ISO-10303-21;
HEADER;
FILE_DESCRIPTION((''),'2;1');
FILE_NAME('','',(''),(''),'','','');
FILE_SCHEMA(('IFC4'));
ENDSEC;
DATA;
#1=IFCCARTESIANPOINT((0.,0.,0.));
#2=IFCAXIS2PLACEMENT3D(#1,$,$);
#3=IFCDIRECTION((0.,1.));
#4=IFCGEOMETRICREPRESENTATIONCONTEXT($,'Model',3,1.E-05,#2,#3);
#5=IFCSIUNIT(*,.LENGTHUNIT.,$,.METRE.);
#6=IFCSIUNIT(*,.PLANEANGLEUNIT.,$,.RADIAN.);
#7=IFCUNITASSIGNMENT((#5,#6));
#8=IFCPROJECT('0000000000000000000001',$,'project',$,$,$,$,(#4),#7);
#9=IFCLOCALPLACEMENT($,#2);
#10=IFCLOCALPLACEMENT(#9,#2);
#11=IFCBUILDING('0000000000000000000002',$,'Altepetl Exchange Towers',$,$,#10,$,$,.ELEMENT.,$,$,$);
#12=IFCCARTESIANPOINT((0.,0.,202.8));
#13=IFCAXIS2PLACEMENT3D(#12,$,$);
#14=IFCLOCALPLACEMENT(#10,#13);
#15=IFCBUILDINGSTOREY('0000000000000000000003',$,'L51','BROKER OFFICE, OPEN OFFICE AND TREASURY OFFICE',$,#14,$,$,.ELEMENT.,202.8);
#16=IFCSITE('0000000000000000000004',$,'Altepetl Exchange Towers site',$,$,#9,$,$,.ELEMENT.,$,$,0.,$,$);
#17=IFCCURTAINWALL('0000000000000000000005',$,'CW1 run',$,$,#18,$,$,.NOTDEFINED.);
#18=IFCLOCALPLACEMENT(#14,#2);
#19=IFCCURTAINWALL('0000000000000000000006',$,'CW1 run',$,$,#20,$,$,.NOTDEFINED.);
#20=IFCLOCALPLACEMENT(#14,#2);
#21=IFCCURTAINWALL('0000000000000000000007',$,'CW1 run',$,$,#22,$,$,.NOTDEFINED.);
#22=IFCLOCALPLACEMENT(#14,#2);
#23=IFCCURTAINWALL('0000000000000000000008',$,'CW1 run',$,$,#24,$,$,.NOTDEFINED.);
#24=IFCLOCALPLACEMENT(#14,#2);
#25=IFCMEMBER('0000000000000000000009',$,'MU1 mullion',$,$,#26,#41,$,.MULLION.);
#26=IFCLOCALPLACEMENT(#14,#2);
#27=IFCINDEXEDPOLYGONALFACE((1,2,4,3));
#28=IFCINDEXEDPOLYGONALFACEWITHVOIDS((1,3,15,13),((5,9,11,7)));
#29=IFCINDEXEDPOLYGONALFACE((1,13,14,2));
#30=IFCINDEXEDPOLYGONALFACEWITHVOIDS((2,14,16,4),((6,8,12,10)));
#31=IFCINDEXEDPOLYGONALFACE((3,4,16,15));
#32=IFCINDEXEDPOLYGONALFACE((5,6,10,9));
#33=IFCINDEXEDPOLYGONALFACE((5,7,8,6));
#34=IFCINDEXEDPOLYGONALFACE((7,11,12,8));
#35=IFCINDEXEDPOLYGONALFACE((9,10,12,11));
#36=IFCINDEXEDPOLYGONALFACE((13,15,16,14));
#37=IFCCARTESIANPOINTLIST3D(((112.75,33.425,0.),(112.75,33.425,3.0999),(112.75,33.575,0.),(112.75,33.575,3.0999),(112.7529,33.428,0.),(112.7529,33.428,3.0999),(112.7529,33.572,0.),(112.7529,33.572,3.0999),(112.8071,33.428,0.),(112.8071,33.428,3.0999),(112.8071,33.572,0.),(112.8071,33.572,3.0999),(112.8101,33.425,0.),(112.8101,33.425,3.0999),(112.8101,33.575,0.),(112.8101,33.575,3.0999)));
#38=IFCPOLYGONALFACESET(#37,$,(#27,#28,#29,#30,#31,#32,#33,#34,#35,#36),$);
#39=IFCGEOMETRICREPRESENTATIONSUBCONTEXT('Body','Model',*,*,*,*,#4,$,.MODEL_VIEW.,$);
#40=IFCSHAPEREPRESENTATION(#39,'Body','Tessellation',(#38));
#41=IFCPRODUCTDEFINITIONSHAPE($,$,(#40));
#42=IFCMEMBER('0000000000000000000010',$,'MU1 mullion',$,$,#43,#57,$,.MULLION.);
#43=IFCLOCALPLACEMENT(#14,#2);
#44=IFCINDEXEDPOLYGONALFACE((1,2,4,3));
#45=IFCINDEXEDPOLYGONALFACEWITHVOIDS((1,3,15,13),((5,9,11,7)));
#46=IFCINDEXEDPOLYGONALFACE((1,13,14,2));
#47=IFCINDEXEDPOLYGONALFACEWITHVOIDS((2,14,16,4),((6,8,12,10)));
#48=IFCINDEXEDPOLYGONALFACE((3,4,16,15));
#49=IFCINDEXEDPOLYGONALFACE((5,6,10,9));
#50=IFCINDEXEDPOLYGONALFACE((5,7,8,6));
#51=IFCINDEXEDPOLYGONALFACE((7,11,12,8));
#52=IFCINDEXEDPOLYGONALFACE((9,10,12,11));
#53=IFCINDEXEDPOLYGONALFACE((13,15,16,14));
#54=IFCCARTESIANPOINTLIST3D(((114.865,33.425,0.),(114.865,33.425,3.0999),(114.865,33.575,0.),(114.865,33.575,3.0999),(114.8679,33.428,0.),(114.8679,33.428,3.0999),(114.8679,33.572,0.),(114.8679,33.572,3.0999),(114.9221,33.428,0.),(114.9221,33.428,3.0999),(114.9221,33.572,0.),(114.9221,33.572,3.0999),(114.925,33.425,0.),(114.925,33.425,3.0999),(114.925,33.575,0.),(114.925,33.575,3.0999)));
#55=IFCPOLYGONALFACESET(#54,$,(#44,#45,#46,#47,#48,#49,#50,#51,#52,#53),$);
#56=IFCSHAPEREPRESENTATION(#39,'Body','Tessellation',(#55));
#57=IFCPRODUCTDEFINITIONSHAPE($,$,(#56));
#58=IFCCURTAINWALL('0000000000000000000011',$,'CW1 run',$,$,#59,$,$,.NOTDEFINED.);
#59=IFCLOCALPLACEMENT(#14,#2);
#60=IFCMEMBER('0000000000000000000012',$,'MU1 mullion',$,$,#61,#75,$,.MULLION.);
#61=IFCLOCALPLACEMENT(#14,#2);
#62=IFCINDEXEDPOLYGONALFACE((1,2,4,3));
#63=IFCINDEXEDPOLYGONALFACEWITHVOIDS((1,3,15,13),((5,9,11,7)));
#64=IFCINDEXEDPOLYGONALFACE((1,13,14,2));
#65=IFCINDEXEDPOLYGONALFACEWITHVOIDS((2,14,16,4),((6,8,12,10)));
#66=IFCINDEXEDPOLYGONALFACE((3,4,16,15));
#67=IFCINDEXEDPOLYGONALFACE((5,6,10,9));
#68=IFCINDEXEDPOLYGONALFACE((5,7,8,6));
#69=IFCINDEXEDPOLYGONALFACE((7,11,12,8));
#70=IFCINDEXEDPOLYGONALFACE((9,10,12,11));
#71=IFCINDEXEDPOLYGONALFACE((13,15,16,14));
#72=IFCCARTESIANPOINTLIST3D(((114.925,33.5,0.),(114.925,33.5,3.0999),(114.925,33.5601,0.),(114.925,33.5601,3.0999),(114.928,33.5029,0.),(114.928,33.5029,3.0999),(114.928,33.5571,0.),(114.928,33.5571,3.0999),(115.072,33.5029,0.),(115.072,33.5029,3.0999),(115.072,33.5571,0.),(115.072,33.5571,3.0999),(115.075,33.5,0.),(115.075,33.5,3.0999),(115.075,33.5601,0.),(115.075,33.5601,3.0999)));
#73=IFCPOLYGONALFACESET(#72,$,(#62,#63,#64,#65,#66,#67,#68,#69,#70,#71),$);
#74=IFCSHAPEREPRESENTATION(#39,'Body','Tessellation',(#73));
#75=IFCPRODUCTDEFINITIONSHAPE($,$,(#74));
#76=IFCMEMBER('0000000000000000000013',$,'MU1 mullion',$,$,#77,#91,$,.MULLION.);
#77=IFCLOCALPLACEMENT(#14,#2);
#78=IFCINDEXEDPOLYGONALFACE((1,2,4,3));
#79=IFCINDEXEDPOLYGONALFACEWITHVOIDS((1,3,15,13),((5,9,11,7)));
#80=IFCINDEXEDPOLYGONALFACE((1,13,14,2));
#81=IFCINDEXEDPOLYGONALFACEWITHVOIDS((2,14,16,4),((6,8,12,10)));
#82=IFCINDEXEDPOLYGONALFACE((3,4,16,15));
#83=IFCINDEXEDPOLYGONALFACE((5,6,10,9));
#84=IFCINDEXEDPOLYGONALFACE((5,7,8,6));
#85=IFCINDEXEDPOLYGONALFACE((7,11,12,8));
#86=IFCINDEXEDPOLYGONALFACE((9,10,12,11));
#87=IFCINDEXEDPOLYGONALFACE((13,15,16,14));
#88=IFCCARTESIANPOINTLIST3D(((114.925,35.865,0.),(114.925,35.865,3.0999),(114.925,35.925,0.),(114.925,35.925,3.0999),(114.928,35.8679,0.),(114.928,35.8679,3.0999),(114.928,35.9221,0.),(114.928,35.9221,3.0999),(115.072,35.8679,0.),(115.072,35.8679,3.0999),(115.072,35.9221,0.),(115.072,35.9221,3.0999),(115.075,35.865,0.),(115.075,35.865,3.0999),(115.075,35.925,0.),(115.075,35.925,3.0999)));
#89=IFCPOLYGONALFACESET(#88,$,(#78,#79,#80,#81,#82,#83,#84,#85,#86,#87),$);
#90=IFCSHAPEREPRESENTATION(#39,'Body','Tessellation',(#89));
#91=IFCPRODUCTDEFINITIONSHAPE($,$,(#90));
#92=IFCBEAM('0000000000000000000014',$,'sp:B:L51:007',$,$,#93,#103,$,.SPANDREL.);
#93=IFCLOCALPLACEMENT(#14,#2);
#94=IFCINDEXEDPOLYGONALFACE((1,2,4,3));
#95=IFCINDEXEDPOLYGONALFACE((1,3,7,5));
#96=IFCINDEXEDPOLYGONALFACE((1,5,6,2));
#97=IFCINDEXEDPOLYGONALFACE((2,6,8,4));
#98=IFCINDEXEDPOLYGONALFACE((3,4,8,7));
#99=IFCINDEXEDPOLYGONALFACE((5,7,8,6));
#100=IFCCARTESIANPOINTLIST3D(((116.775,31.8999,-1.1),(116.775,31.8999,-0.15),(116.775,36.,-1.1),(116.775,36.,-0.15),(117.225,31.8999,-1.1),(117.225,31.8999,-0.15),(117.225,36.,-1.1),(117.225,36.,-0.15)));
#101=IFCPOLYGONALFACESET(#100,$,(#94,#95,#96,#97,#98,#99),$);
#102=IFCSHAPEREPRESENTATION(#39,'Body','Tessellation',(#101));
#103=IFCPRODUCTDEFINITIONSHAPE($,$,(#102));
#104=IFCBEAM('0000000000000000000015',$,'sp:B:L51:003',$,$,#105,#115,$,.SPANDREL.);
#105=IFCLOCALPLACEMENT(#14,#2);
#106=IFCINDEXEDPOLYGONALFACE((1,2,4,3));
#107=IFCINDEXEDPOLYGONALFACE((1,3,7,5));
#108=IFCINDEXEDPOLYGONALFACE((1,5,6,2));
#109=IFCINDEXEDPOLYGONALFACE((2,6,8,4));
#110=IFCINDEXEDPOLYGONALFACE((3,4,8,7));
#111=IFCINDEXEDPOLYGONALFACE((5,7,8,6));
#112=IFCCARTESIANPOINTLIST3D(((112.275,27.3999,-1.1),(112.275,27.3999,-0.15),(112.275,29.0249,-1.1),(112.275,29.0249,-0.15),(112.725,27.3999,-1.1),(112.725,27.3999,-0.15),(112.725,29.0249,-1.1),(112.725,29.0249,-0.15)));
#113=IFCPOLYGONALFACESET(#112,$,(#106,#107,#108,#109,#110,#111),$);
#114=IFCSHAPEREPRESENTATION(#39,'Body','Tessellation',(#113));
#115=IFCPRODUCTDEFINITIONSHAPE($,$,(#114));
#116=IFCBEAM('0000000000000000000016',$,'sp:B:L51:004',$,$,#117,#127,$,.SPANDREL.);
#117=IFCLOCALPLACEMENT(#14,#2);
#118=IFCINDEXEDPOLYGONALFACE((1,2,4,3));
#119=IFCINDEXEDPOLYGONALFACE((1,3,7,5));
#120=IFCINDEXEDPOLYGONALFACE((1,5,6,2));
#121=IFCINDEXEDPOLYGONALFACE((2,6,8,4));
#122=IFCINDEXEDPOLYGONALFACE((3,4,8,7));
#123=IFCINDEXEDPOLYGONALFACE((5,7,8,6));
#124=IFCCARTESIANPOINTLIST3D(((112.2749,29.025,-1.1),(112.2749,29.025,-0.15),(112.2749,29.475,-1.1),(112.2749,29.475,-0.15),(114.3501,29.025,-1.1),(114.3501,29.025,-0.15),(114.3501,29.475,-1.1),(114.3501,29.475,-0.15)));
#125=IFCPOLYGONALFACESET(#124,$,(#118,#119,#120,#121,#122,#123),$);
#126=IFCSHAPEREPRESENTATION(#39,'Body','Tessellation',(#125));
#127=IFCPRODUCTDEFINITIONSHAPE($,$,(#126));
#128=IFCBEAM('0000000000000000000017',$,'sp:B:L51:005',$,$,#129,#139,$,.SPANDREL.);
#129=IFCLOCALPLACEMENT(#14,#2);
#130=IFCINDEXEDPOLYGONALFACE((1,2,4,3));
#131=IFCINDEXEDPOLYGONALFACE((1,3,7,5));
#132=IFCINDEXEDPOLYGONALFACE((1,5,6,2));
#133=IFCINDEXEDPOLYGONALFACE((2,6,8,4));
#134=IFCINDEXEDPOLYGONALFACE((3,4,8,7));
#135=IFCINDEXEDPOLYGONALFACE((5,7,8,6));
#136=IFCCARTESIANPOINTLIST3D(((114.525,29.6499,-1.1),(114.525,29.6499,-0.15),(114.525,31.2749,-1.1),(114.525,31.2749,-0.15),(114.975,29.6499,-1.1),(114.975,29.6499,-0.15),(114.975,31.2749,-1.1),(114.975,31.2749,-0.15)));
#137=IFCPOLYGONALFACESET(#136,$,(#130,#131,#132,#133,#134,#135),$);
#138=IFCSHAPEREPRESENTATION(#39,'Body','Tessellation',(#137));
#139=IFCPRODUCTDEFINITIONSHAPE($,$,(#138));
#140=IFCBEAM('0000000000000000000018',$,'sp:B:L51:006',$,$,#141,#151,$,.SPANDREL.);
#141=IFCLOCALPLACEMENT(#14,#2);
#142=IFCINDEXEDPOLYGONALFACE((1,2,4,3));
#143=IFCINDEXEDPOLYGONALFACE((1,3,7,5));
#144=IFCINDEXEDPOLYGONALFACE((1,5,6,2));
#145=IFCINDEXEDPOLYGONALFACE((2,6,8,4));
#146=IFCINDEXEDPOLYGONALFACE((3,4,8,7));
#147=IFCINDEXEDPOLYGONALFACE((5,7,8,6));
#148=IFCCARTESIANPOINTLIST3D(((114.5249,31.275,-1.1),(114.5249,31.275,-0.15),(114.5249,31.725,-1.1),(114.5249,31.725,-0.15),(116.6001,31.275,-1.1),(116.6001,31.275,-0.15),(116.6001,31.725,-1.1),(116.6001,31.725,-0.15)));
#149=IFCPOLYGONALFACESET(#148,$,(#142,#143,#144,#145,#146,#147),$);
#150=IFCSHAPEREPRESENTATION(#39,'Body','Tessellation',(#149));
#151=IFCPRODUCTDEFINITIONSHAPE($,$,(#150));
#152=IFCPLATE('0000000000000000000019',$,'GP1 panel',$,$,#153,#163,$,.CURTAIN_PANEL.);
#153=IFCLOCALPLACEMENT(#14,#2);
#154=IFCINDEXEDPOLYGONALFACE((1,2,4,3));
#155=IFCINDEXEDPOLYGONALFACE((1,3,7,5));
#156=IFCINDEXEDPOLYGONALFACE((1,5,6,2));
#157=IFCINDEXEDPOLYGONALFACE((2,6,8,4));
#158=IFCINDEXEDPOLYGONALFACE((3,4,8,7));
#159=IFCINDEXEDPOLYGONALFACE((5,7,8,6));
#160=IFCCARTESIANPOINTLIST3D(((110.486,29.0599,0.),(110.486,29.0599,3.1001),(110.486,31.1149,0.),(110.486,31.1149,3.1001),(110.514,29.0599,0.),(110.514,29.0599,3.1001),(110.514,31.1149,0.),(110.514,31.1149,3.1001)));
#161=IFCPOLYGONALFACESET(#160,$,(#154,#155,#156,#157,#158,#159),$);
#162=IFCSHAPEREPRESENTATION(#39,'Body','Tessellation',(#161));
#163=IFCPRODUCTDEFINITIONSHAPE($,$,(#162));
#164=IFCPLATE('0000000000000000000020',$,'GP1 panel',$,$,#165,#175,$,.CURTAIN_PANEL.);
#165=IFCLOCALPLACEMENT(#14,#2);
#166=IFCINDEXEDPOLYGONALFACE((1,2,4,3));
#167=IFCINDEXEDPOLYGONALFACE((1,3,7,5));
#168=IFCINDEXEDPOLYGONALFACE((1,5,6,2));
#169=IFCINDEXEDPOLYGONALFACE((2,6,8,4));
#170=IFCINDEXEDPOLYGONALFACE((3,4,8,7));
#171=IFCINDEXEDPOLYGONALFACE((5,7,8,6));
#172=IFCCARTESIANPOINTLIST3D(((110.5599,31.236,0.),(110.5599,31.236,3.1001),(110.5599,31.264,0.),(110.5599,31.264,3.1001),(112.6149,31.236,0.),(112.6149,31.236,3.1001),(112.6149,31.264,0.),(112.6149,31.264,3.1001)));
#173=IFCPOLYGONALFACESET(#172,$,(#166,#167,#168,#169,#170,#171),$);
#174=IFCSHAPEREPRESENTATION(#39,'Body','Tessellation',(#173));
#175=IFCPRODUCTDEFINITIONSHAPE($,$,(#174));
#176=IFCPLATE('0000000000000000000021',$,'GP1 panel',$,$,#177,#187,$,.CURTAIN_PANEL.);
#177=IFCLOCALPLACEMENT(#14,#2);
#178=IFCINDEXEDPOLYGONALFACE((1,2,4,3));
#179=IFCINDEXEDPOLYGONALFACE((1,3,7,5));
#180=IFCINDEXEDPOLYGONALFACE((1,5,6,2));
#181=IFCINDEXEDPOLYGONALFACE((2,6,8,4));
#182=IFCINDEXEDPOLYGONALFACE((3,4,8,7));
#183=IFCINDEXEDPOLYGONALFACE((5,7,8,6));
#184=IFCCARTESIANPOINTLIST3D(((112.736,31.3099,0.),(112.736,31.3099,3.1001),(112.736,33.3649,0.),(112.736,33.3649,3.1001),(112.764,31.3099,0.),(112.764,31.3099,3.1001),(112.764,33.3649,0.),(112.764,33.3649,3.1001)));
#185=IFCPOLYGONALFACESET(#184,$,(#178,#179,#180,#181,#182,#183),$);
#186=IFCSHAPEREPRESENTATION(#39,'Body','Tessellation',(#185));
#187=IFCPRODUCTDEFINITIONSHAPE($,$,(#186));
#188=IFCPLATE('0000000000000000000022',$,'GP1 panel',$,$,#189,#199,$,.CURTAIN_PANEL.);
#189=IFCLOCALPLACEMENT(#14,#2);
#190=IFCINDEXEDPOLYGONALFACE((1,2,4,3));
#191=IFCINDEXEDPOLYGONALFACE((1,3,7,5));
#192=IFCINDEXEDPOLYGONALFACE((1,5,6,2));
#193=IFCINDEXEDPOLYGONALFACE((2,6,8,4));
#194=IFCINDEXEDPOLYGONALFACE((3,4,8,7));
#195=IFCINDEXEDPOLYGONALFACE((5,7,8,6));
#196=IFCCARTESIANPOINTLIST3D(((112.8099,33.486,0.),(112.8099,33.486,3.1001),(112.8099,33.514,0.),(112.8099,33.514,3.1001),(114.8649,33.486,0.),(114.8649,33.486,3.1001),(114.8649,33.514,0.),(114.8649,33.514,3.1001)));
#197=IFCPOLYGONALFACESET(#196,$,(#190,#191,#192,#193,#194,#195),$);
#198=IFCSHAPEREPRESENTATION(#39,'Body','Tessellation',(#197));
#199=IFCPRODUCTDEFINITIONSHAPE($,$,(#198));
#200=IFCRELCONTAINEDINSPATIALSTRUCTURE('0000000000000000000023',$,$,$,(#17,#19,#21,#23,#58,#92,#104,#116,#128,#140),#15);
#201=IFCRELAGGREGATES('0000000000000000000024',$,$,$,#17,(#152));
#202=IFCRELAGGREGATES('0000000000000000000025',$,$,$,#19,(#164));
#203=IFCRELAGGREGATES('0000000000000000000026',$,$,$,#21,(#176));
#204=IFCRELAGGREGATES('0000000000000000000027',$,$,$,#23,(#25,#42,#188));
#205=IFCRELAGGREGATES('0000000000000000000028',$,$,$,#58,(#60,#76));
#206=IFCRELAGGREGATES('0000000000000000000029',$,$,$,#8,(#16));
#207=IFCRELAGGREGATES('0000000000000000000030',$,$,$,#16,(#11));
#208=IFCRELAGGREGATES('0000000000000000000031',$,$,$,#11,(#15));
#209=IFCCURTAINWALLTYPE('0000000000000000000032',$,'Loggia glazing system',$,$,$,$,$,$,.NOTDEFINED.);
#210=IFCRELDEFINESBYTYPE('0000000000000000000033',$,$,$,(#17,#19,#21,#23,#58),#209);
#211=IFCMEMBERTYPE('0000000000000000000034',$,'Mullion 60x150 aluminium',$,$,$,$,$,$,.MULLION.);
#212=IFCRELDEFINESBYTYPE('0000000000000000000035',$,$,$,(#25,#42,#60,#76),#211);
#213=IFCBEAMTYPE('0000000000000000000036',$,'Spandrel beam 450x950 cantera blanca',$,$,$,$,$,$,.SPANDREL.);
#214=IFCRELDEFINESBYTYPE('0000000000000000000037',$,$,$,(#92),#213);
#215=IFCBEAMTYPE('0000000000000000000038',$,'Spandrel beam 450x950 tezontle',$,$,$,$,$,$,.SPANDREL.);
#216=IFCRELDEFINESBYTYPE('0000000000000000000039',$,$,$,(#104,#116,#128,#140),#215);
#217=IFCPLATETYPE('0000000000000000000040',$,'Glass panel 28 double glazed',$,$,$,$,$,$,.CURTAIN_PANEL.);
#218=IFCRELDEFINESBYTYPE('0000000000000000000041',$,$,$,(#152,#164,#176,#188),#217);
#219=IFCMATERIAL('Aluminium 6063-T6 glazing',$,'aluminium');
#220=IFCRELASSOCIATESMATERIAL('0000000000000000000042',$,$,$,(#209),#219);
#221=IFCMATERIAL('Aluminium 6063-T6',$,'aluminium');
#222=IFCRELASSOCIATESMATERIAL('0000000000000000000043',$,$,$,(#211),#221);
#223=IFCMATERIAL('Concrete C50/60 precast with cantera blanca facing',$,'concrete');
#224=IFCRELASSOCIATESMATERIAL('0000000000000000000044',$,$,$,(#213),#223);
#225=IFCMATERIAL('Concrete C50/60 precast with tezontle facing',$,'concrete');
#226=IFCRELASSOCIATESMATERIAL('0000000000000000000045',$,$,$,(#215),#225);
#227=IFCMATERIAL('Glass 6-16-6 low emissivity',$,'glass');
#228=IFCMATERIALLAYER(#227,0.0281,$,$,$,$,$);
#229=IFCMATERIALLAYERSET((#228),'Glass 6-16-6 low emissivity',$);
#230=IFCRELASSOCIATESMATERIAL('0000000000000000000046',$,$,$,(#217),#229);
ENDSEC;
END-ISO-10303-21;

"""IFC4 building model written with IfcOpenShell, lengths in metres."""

from ifc_helpers import new_model, si_unit, direction, frame, origin, origin_2d, place, context, subcontext, project, spatial, rectangle, hollow_rectangle, extrude, material, layer, layer_set, material_profile, profile_set, type_object, element, aggregate, save


model = new_model("IFC4")

# Units and contexts
model_context = context("Model", 3, precision=1e-05, world=origin(), true_north=direction((0.0, 1.0)))
body_context = subcontext(model_context, "Body", "Model", "MODEL_VIEW")
ifc_project = project(units=[si_unit("LENGTHUNIT", "METRE"), si_unit("PLANEANGLEUNIT", "RADIAN")], contexts=[model_context])

# Site, building, storey
site_placement = place(None, origin())
site = spatial("IfcSite", under=ifc_project, at=site_placement, Name="Altepetl Exchange Towers site", CompositionType="ELEMENT", RefElevation=0.0)
building_placement = place(site_placement, origin())
building = spatial("IfcBuilding", under=site, at=building_placement, Name="Altepetl Exchange Towers", CompositionType="ELEMENT")
storey_placement = place(building_placement, frame((0.0, 0.0, 202.8)))
storey = spatial("IfcBuildingStorey", under=building, at=storey_placement, Name="L51", Description="BROKER OFFICE, OPEN OFFICE AND TREASURY OFFICE", CompositionType="ELEMENT", Elevation=202.8)

# Shared definitions
ifc_material_1 = material(Name="Aluminium 6063-T6 glazing", Category="aluminium")
curtain_wall_type = type_object("IfcCurtainWallType", Name="Loggia glazing system", PredefinedType="NOTDEFINED", material=ifc_material_1)
ifc_material_2 = material(Name="Aluminium 6063-T6", Category="aluminium")
ifc_material_profile_1 = material_profile(ifc_material_2, hollow_rectangle(XDim=0.0601, YDim=0.1499, WallThickness=0.0029, at=origin_2d()), Name="Mullion 60x150 aluminium")
ifc_profile_set_1 = profile_set([ifc_material_profile_1], Name="Aluminium 6063-T6")
member_type = type_object("IfcMemberType", Name="Mullion 60x150 aluminium", PredefinedType="MULLION", material=ifc_profile_set_1)

# Curtain walls, members
curtain_wall_1_placement = place(storey_placement, origin())
curtain_wall_1 = element("IfcCurtainWall", 1, at=curtain_wall_1_placement, inside=storey, type_object=curtain_wall_type, Name="CW1 run", PredefinedType="NOTDEFINED")
curtain_wall_2_placement = place(storey_placement, origin())
curtain_wall_2 = element("IfcCurtainWall", 2, at=curtain_wall_2_placement, inside=storey, type_object=curtain_wall_type, Name="CW1 run", PredefinedType="NOTDEFINED")
curtain_wall_3_placement = place(storey_placement, origin())
curtain_wall_3 = element("IfcCurtainWall", 3, at=curtain_wall_3_placement, inside=storey, type_object=curtain_wall_type, Name="CW1 run", PredefinedType="NOTDEFINED")
curtain_wall_4_placement = place(storey_placement, origin())
curtain_wall_4 = element("IfcCurtainWall", 4, at=curtain_wall_4_placement, inside=storey, type_object=curtain_wall_type, Name="CW1 run", PredefinedType="NOTDEFINED")
member_1_placement = place(storey_placement, frame((112.78, 33.5, 0.0)))
member_1 = element("IfcMember", 5, at=member_1_placement, type_object=member_type, Name="MU1 mullion", PredefinedType="MULLION", context=body_context, shape_type="SweptSolid", body=[
    extrude(hollow_rectangle(XDim=0.0601, YDim=0.1499, WallThickness=0.0029, at=origin_2d()), origin(), (0.0, 0.0, 1.0), 3.0999),
])
member_2_placement = place(storey_placement, frame((114.895, 33.5, 0.0)))
member_2 = element("IfcMember", 6, at=member_2_placement, type_object=member_type, Name="MU1 mullion", PredefinedType="MULLION", context=body_context, shape_type="SweptSolid", body=[
    extrude(hollow_rectangle(XDim=0.0601, YDim=0.1499, WallThickness=0.0029, at=origin_2d()), origin(), (0.0, 0.0, 1.0), 3.0999),
])
curtain_wall_5_placement = place(storey_placement, origin())
curtain_wall_5 = element("IfcCurtainWall", 7, at=curtain_wall_5_placement, inside=storey, type_object=curtain_wall_type, Name="CW1 run", PredefinedType="NOTDEFINED")
member_3_placement = place(storey_placement, frame((115.0, 33.53, 0.0), z_axis=(0.0, 0.0, 1.0), x_axis=(0.0, 1.0, 0.0)))
member_3 = element("IfcMember", 8, at=member_3_placement, type_object=member_type, Name="MU1 mullion", PredefinedType="MULLION", context=body_context, shape_type="SweptSolid", body=[
    extrude(hollow_rectangle(XDim=0.0601, YDim=0.1499, WallThickness=0.0029, at=origin_2d()), origin(), (0.0, 0.0, 1.0), 3.0999),
])
member_4_placement = place(storey_placement, frame((115.0, 35.895, 0.0), z_axis=(0.0, 0.0, 1.0), x_axis=(0.0, 1.0, 0.0)))
member_4 = element("IfcMember", 9, at=member_4_placement, type_object=member_type, Name="MU1 mullion", PredefinedType="MULLION", context=body_context, shape_type="SweptSolid", body=[
    extrude(hollow_rectangle(XDim=0.0601, YDim=0.1499, WallThickness=0.0029, at=origin_2d()), origin(), (0.0, 0.0, 1.0), 3.0999),
])

# Beams
ifc_material_3 = material(Name="Concrete C50/60 precast with cantera blanca facing", Category="concrete")
ifc_material_profile_2 = material_profile(ifc_material_3, rectangle(XDim=0.45, YDim=0.95, at=origin_2d()), Name="450 x 950")
ifc_profile_set_2 = profile_set([ifc_material_profile_2], Name="Concrete C50/60 precast with cantera blanca facing")
beam_type_1 = type_object("IfcBeamType", Name="Spandrel beam 450x950 cantera blanca", PredefinedType="SPANDREL", material=ifc_profile_set_2)
beam_1_placement = place(storey_placement, frame((117.0, 31.8999, -0.625), z_axis=(0.0, 1.0, 0.0), x_axis=(-1.0, 0.0, 0.0)))
element("IfcBeam", 10, at=beam_1_placement, inside=storey, type_object=beam_type_1, Name="sp:B:L51:007", PredefinedType="SPANDREL", context=body_context, shape_type="SweptSolid", body=[
    extrude(rectangle(XDim=0.45, YDim=0.95, at=origin_2d()), origin(), (0.0, 0.0, 1.0), 4.1001),
])
ifc_material_4 = material(Name="Concrete C50/60 precast with tezontle facing", Category="concrete")
ifc_material_profile_3 = material_profile(ifc_material_4, rectangle(XDim=0.45, YDim=0.95, at=origin_2d()), Name="450 x 950")
ifc_profile_set_3 = profile_set([ifc_material_profile_3], Name="Concrete C50/60 precast with tezontle facing")
beam_type_2 = type_object("IfcBeamType", Name="Spandrel beam 450x950 tezontle", PredefinedType="SPANDREL", material=ifc_profile_set_3)
beam_2_placement = place(storey_placement, frame((112.5, 27.3999, -0.625), z_axis=(0.0, 1.0, 0.0), x_axis=(-1.0, 0.0, 0.0)))
element("IfcBeam", 11, at=beam_2_placement, inside=storey, type_object=beam_type_2, Name="sp:B:L51:003", PredefinedType="SPANDREL", context=body_context, shape_type="SweptSolid", body=[
    extrude(rectangle(XDim=0.45, YDim=0.95, at=origin_2d()), origin(), (0.0, 0.0, 1.0), 1.625),
])
beam_3_placement = place(storey_placement, frame((112.2749, 29.25, -0.625), z_axis=(1.0, 0.0, 0.0), x_axis=(0.0, 1.0, 0.0)))
element("IfcBeam", 12, at=beam_3_placement, inside=storey, type_object=beam_type_2, Name="sp:B:L51:004", PredefinedType="SPANDREL", context=body_context, shape_type="SweptSolid", body=[
    extrude(rectangle(XDim=0.45, YDim=0.95, at=origin_2d()), origin(), (0.0, 0.0, 1.0), 2.0752),
])
beam_4_placement = place(storey_placement, frame((114.75, 29.6499, -0.625), z_axis=(0.0, 1.0, 0.0), x_axis=(-1.0, 0.0, 0.0)))
element("IfcBeam", 13, at=beam_4_placement, inside=storey, type_object=beam_type_2, Name="sp:B:L51:005", PredefinedType="SPANDREL", context=body_context, shape_type="SweptSolid", body=[
    extrude(rectangle(XDim=0.45, YDim=0.95, at=origin_2d()), origin(), (0.0, 0.0, 1.0), 1.625),
])
beam_5_placement = place(storey_placement, frame((114.5249, 31.5, -0.625), z_axis=(1.0, 0.0, 0.0), x_axis=(0.0, 1.0, 0.0)))
element("IfcBeam", 14, at=beam_5_placement, inside=storey, type_object=beam_type_2, Name="sp:B:L51:006", PredefinedType="SPANDREL", context=body_context, shape_type="SweptSolid", body=[
    extrude(rectangle(XDim=0.45, YDim=0.95, at=origin_2d()), origin(), (0.0, 0.0, 1.0), 2.0752),
])

# Plates
ifc_material_5 = material(Name="Glass 6-16-6 low emissivity", Category="glass")
ifc_layer_1 = layer(ifc_material_5, 0.0281)
ifc_layer_set_1 = layer_set([ifc_layer_1], Name="Glass 6-16-6 low emissivity")
plate_type = type_object("IfcPlateType", Name="Glass panel 28 double glazed", PredefinedType="CURTAIN_PANEL", material=ifc_layer_set_1)
plate_1_placement = place(storey_placement, frame((110.5, 30.0874, 0.0), z_axis=(0.0, 0.0, 1.0), x_axis=(0.0, 1.0, 0.0)))
plate_1 = element("IfcPlate", 15, at=plate_1_placement, type_object=plate_type, Name="GP1 panel", PredefinedType="CURTAIN_PANEL", context=body_context, shape_type="SweptSolid", body=[
    extrude(rectangle(XDim=2.0549, YDim=0.0281, at=origin_2d()), origin(), (0.0, 0.0, 1.0), 3.1001),
])
aggregate(curtain_wall_1, [plate_1])
plate_2_placement = place(storey_placement, frame((111.5874, 31.25, 0.0)))
plate_2 = element("IfcPlate", 16, at=plate_2_placement, type_object=plate_type, Name="GP1 panel", PredefinedType="CURTAIN_PANEL", context=body_context, shape_type="SweptSolid", body=[
    extrude(rectangle(XDim=2.0549, YDim=0.0281, at=origin_2d()), origin(), (0.0, 0.0, 1.0), 3.1001),
])
aggregate(curtain_wall_2, [plate_2])
plate_3_placement = place(storey_placement, frame((112.75, 32.3374, 0.0), z_axis=(0.0, 0.0, 1.0), x_axis=(0.0, 1.0, 0.0)))
plate_3 = element("IfcPlate", 17, at=plate_3_placement, type_object=plate_type, Name="GP1 panel", PredefinedType="CURTAIN_PANEL", context=body_context, shape_type="SweptSolid", body=[
    extrude(rectangle(XDim=2.0549, YDim=0.0281, at=origin_2d()), origin(), (0.0, 0.0, 1.0), 3.1001),
])
aggregate(curtain_wall_3, [plate_3])
plate_4_placement = place(storey_placement, frame((113.8374, 33.5, 0.0)))
plate_4 = element("IfcPlate", 18, at=plate_4_placement, type_object=plate_type, Name="GP1 panel", PredefinedType="CURTAIN_PANEL", context=body_context, shape_type="SweptSolid", body=[
    extrude(rectangle(XDim=2.0549, YDim=0.0281, at=origin_2d()), origin(), (0.0, 0.0, 1.0), 3.1001),
])
aggregate(curtain_wall_4, [member_1, member_2, plate_4])
aggregate(curtain_wall_5, [member_3, member_4])

save(model, "model.ifc")
